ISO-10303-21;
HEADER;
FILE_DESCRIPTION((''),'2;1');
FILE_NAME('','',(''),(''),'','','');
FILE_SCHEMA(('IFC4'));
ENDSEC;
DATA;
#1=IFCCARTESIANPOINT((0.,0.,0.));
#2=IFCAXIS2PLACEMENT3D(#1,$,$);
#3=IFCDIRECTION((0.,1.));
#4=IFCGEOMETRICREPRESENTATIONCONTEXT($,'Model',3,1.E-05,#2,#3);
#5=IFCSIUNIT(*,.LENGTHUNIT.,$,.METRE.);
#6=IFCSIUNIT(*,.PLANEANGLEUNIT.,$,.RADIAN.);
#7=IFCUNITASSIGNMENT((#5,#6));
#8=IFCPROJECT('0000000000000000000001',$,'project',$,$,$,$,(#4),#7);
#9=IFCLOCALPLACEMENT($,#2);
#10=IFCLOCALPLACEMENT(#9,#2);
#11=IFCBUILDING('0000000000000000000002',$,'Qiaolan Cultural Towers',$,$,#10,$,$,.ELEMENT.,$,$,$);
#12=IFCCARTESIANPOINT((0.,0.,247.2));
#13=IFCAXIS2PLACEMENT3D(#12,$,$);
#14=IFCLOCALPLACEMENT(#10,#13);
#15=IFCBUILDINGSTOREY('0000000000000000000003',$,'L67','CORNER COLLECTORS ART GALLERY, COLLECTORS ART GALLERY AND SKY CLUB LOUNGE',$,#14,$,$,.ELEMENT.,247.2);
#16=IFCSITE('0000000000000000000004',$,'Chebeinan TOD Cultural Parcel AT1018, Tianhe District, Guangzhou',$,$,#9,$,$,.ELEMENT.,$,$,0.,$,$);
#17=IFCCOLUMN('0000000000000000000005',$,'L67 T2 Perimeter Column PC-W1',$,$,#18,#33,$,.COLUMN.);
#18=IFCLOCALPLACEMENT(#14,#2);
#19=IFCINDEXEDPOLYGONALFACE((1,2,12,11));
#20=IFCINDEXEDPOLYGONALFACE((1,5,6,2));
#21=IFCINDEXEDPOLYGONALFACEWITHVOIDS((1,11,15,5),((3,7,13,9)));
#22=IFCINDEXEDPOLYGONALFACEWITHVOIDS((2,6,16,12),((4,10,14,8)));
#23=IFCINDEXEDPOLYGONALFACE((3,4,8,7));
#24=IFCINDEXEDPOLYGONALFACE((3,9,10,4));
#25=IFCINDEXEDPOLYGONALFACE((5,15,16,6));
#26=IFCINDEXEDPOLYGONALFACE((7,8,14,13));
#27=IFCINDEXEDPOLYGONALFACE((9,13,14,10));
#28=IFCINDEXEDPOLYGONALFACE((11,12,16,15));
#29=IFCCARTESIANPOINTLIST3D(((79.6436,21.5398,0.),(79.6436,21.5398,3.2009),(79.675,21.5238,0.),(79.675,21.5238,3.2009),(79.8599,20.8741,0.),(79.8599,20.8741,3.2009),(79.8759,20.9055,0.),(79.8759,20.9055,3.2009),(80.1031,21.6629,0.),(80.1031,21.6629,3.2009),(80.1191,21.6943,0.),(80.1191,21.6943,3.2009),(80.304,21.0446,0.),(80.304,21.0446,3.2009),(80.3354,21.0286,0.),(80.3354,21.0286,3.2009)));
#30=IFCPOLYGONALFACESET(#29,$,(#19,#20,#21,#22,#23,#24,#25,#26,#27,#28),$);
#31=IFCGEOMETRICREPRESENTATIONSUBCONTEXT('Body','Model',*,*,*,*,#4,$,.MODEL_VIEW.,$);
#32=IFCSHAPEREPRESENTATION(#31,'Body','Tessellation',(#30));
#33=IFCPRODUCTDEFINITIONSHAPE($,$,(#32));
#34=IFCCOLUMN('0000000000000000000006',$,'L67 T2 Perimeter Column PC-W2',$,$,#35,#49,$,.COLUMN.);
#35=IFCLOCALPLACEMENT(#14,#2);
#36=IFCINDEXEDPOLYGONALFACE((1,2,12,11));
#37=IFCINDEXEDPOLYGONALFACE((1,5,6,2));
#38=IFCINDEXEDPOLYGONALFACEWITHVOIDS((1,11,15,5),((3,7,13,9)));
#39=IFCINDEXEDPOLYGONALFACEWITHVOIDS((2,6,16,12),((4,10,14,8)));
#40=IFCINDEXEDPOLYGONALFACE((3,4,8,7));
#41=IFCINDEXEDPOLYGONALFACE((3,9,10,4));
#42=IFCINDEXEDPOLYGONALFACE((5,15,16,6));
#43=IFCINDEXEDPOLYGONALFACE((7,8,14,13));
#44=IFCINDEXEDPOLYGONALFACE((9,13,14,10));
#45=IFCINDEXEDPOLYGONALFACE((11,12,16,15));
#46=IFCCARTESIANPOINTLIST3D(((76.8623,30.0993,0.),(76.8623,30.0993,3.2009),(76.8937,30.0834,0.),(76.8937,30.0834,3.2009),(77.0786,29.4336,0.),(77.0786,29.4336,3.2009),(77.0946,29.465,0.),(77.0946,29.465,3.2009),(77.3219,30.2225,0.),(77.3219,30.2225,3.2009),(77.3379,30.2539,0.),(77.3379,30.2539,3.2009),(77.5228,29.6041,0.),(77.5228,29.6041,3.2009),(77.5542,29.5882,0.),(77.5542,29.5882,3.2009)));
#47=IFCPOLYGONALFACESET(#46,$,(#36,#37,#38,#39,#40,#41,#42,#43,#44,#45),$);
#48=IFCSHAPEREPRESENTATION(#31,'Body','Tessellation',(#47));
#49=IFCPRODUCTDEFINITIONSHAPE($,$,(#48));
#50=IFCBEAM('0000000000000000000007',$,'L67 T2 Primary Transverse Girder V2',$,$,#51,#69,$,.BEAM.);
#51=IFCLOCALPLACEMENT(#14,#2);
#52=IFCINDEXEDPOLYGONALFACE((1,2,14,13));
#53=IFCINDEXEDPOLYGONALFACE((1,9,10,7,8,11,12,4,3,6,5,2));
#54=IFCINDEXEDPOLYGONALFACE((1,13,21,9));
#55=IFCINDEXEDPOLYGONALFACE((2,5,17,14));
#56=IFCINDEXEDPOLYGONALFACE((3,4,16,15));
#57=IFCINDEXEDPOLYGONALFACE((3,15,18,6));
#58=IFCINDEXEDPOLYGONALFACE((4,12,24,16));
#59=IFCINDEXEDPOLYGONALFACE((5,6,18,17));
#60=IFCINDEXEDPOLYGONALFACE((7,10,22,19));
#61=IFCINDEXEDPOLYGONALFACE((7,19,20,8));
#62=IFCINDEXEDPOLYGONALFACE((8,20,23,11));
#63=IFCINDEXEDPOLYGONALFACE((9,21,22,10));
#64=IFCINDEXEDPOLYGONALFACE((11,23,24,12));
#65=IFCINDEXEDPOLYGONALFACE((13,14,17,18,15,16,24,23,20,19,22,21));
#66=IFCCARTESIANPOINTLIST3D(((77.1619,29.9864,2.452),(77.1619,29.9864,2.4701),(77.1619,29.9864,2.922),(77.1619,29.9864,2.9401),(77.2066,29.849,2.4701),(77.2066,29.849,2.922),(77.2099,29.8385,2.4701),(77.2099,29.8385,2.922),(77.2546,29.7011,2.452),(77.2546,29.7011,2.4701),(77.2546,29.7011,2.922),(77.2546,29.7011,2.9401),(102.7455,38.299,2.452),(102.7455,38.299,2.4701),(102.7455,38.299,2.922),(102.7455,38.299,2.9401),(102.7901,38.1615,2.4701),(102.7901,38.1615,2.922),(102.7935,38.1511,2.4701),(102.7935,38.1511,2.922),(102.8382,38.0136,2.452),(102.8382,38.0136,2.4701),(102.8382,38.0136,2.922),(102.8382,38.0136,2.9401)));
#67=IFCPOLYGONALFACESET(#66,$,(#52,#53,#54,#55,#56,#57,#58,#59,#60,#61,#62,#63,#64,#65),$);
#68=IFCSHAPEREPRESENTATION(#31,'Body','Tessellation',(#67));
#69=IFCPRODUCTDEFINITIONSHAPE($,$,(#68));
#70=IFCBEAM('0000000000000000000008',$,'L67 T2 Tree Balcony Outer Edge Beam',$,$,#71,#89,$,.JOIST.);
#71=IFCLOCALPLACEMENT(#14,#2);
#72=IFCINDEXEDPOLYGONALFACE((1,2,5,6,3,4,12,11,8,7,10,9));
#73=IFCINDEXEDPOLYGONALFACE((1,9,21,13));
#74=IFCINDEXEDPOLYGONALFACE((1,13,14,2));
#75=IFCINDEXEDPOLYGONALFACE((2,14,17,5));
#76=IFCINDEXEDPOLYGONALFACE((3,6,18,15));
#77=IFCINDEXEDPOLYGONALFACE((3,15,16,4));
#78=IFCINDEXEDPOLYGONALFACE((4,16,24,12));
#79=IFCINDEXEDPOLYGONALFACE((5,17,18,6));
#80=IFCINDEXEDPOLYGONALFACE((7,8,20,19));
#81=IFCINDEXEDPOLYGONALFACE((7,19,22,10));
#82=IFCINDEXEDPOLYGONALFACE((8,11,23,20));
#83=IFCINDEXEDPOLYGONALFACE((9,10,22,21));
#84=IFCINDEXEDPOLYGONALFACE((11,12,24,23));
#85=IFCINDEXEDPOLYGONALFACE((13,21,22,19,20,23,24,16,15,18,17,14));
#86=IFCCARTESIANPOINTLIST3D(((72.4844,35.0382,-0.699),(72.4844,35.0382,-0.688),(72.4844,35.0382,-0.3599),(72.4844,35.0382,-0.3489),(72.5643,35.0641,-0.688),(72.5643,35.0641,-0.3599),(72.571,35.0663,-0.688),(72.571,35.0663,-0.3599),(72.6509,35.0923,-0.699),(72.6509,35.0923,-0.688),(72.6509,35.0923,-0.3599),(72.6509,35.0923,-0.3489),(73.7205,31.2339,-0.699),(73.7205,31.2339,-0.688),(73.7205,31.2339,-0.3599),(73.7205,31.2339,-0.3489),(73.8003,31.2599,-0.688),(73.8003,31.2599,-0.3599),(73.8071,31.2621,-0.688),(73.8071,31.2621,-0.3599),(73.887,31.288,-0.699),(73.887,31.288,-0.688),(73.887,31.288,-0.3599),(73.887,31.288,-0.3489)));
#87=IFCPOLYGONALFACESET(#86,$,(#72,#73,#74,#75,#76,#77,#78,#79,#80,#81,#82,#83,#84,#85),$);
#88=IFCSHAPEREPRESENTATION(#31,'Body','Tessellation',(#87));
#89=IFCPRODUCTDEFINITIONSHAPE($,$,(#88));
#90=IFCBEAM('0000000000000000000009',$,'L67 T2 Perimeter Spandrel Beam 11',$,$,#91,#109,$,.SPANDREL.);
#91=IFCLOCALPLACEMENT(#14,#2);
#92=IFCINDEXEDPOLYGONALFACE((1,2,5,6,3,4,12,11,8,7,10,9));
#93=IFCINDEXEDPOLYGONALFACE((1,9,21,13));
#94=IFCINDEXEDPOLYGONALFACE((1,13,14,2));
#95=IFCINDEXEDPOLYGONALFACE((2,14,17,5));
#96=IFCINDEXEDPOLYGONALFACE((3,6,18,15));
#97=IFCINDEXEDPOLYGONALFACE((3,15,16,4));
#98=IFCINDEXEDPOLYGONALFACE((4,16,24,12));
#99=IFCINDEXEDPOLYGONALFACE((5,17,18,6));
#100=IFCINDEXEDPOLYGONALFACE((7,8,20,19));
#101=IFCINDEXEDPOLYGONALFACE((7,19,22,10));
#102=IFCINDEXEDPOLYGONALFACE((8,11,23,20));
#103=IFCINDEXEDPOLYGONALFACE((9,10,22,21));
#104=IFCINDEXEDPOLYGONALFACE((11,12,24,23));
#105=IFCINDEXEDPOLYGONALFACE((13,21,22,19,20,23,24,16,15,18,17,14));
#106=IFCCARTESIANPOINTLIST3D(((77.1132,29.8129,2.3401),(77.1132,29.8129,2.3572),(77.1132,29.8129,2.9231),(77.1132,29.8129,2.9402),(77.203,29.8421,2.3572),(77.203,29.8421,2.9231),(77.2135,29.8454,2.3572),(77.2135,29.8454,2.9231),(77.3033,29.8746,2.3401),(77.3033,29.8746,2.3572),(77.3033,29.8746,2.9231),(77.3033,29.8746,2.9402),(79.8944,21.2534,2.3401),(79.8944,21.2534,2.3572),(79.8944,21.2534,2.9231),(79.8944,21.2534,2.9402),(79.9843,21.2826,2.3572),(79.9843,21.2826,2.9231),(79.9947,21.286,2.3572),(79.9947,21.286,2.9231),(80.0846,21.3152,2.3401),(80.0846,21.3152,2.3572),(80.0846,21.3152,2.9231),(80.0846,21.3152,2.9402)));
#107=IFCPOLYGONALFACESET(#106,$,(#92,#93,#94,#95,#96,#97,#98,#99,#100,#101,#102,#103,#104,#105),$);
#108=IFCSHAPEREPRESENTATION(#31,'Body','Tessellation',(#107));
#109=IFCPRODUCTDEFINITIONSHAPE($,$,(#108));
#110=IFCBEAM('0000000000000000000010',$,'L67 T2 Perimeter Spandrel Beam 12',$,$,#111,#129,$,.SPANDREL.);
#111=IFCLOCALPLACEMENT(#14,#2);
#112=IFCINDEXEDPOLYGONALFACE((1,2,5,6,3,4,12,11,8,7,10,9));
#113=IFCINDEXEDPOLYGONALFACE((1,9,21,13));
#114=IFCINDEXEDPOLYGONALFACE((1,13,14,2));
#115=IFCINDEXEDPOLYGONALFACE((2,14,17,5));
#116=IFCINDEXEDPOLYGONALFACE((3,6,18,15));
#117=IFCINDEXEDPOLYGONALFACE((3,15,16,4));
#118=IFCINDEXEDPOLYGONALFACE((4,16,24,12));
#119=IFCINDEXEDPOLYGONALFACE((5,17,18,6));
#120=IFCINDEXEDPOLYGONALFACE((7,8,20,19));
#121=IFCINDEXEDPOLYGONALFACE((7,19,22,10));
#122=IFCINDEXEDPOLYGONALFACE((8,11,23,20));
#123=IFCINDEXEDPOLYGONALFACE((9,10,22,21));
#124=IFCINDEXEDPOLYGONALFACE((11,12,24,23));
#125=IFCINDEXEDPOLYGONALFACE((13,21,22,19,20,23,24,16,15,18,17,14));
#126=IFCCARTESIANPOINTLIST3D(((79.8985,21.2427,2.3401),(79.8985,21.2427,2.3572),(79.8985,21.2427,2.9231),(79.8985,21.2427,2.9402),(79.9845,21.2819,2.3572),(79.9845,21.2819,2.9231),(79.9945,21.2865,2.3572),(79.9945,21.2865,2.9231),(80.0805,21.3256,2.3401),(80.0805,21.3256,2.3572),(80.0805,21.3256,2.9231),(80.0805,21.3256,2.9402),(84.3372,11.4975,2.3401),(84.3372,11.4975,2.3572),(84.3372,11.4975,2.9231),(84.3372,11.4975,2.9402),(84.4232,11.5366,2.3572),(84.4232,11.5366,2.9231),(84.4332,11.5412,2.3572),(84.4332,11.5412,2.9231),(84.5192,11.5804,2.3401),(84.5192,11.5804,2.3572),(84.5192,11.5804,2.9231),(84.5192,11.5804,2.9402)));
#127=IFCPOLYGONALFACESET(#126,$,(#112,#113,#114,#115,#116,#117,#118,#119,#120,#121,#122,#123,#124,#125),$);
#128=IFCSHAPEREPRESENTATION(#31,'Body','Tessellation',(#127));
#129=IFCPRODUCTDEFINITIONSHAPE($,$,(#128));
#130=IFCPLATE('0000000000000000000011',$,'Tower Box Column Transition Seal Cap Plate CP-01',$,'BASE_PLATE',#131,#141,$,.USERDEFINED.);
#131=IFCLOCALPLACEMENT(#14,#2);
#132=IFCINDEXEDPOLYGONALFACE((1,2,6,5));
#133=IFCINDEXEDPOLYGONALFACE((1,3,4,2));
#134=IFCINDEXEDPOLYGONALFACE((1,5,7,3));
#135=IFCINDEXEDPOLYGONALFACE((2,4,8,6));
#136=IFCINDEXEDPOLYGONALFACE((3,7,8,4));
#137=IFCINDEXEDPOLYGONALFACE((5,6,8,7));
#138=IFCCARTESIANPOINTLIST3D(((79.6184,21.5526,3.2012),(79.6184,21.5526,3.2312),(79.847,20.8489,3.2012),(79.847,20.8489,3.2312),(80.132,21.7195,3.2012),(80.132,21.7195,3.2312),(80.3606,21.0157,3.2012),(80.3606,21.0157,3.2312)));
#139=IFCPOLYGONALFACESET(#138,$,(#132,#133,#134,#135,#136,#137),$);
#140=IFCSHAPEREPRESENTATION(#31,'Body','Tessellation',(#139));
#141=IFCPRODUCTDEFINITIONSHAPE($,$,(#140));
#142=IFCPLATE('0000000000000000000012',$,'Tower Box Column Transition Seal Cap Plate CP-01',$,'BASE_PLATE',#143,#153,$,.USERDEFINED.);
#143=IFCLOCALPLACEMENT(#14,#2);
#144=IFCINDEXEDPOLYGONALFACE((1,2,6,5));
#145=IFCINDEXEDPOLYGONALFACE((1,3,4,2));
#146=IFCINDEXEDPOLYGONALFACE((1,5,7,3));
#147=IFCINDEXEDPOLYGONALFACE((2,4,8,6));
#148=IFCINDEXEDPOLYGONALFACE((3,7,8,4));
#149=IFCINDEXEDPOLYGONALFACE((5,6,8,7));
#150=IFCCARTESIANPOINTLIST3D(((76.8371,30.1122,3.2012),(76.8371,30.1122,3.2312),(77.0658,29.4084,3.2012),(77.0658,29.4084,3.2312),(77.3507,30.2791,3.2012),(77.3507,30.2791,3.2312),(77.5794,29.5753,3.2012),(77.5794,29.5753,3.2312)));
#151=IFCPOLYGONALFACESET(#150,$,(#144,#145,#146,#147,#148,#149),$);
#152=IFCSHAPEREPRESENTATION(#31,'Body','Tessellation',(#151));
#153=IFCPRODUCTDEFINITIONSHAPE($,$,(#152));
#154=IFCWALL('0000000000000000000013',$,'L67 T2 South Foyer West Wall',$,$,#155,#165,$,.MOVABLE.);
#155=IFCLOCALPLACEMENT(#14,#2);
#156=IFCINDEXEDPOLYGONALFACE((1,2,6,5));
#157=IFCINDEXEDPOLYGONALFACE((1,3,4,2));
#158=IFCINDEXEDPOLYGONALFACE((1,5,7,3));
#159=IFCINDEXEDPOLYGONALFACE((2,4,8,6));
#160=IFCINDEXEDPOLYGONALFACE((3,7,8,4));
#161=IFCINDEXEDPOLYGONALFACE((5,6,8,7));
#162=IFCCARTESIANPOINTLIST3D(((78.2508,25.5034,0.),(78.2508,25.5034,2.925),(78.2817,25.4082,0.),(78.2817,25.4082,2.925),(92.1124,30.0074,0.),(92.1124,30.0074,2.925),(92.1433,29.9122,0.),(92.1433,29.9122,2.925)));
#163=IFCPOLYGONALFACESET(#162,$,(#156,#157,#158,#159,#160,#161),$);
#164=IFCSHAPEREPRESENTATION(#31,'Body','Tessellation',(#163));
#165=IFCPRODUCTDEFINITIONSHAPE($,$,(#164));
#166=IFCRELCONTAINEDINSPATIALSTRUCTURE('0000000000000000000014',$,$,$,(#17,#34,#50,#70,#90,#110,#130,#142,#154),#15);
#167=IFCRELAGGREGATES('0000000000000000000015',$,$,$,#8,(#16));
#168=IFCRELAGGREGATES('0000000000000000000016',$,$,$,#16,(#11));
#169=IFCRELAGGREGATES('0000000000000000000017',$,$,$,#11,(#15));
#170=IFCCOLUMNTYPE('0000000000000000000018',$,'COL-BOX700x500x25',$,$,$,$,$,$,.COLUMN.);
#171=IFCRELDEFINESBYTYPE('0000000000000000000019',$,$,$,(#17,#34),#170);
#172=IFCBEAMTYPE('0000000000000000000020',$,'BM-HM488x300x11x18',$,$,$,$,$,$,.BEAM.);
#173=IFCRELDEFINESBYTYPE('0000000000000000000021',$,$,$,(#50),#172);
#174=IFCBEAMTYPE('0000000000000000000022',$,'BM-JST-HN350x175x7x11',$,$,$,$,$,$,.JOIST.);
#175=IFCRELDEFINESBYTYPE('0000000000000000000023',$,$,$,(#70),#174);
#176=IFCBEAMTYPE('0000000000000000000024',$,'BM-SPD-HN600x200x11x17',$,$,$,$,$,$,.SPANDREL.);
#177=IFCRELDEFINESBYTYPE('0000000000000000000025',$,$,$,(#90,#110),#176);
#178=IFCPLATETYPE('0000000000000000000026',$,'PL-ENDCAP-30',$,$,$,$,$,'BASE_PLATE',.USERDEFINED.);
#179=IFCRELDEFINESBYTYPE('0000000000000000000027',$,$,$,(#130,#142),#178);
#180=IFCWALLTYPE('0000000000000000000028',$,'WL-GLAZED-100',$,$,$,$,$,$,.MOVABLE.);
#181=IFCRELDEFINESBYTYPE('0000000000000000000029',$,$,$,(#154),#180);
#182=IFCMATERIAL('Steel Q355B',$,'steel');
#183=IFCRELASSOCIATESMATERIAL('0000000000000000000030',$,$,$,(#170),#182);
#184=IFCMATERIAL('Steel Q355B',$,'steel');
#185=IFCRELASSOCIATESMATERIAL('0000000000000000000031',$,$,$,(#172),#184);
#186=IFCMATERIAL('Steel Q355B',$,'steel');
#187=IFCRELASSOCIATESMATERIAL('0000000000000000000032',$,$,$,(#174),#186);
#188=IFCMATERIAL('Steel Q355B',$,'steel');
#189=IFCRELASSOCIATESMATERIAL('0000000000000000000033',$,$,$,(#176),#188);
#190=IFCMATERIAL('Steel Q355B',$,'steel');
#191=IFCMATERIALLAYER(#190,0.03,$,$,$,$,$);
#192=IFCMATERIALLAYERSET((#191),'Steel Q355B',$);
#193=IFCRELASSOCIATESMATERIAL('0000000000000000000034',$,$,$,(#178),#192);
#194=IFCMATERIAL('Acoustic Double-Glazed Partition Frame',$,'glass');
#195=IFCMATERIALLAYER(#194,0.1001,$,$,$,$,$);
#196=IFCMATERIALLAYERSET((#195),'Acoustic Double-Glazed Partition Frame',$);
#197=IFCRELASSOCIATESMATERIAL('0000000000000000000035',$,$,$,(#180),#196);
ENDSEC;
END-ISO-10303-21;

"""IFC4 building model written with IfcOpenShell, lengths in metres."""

from ifc_helpers import new_model, si_unit, direction, frame, frame_2d, origin, origin_2d, place, context, subcontext, project, spatial, rectangle, hollow_rectangle, i_section, extrude, material, layer, layer_set, material_profile, profile_set, type_object, element, save


model = new_model("IFC4")

# Units and contexts
model_context = context("Model", 3, precision=1e-05, world=origin(), true_north=direction((0.0, 1.0)))
body_context = subcontext(model_context, "Body", "Model", "MODEL_VIEW")
ifc_project = project(units=[si_unit("LENGTHUNIT", "METRE"), si_unit("PLANEANGLEUNIT", "RADIAN")], contexts=[model_context])

# Site, building, storey
site_placement = place(None, origin())
site = spatial("IfcSite", under=ifc_project, at=site_placement, Name="Chebeinan TOD Cultural Parcel AT1018, Tianhe District, Guangzhou", CompositionType="ELEMENT", RefElevation=0.0)
building_placement = place(site_placement, origin())
building = spatial("IfcBuilding", under=site, at=building_placement, Name="Qiaolan Cultural Towers", CompositionType="ELEMENT")
storey_placement = place(building_placement, frame((0.0, 0.0, 247.2)))
storey = spatial("IfcBuildingStorey", under=building, at=storey_placement, Name="L67", Description="CORNER COLLECTORS ART GALLERY, COLLECTORS ART GALLERY AND SKY CLUB LOUNGE", CompositionType="ELEMENT", Elevation=247.2)

# Columns
ifc_material_1 = material(Name="Steel Q355B", Category="steel")
ifc_material_profile_1 = material_profile(ifc_material_1, hollow_rectangle(XDim=0.5, YDim=0.7, WallThickness=0.0249, at=origin_2d()), Name="BOX700x500x25")
ifc_profile_set_1 = profile_set([ifc_material_profile_1], Name="Steel Q355B")
column_type = type_object("IfcColumnType", Name="COL-BOX700x500x25", PredefinedType="COLUMN", material=ifc_profile_set_1)
for number, where, z_axis, x_axis, name in (
    (1, (79.9895, 21.2842, 0.0), (0.0, 0.0, 1.0), (0.951057, 0.309017, 0.0), "L67 T2 Perimeter Column PC-W1"),
    (2, (77.2083, 29.8438, 0.0), (0.0, 0.0, 1.0), (0.951057, 0.309017, 0.0), "L67 T2 Perimeter Column PC-W2"),
):
    element("IfcColumn", number, at=place(storey_placement, frame(where, z_axis=z_axis, x_axis=x_axis)), inside=storey, type_object=column_type, Name=name, PredefinedType="COLUMN", context=body_context, shape_type="SweptSolid", body=[
        extrude(hollow_rectangle(XDim=0.5, YDim=0.7, WallThickness=0.0249, at=origin_2d()), origin(), (0.0, 0.0, 1.0), 3.2009),
    ])

# Beams
ifc_material_2 = material(Name="Steel Q355B", Category="steel")
ifc_material_profile_2 = material_profile(ifc_material_2, i_section(OverallWidth=0.3, OverallDepth=0.488, WebThickness=0.011, FlangeThickness=0.0181, at=origin_2d()), Name="HM488x300x11x18")
ifc_profile_set_2 = profile_set([ifc_material_profile_2], Name="Steel Q355B")
beam_type_1 = type_object("IfcBeamType", Name="BM-HM488x300x11x18", PredefinedType="BEAM", material=ifc_profile_set_2)
beam_1_placement = place(storey_placement, frame((77.2083, 29.8438, 2.696), z_axis=(0.951057, 0.309014, 0.0), x_axis=(-0.309014, 0.951057, 0.0)))
element("IfcBeam", 3, at=beam_1_placement, inside=storey, type_object=beam_type_1, Name="L67 T2 Primary Transverse Girder V2", PredefinedType="BEAM", context=body_context, shape_type="SweptSolid", body=[
    extrude(i_section(OverallWidth=0.3, OverallDepth=0.488, WebThickness=0.011, FlangeThickness=0.0181, at=origin_2d()), origin(), (0.0, 0.0, 1.0), 26.9001),
])
ifc_material_3 = material(Name="Steel Q355B", Category="steel")
ifc_material_profile_3 = material_profile(ifc_material_3, i_section(OverallWidth=0.175, OverallDepth=0.3501, WebThickness=0.0071, FlangeThickness=0.011, at=origin_2d()), Name="HN350x175x7x11")
ifc_profile_set_3 = profile_set([ifc_material_profile_3], Name="Steel Q355B")
beam_type_2 = type_object("IfcBeamType", Name="BM-JST-HN350x175x7x11", PredefinedType="JOIST", material=ifc_profile_set_3)
beam_2_placement = place(storey_placement, frame((73.8037, 31.261, -0.5239), z_axis=(-0.309023, 0.951055, 0.0), x_axis=(-0.951055, -0.309023, 0.0)))
element("IfcBeam", 4, at=beam_2_placement, inside=storey, type_object=beam_type_2, Name="L67 T2 Tree Balcony Outer Edge Beam", PredefinedType="JOIST", context=body_context, shape_type="SweptSolid", body=[
    extrude(i_section(OverallWidth=0.175, OverallDepth=0.3501, WebThickness=0.0071, FlangeThickness=0.011, at=origin_2d()), origin(), (0.0, 0.0, 1.0), 4.0),
])
ifc_material_4 = material(Name="Steel Q355B", Category="steel")
ifc_material_profile_4 = material_profile(ifc_material_4, i_section(OverallWidth=0.2, OverallDepth=0.6001, WebThickness=0.011, FlangeThickness=0.0171, at=origin_2d()), Name="HN600x200x11x17")
ifc_profile_set_4 = profile_set([ifc_material_profile_4], Name="Steel Q355B")
beam_type_3 = type_object("IfcBeamType", Name="BM-SPD-HN600x200x11x17", PredefinedType="SPANDREL", material=ifc_profile_set_4)
beam_3_placement = place(storey_placement, frame((77.2083, 29.8438, 2.6401), z_axis=(0.309025, -0.951054, 0.0), x_axis=(0.951054, 0.309025, 0.0)))
element("IfcBeam", 5, at=beam_3_placement, inside=storey, type_object=beam_type_3, Name="L67 T2 Perimeter Spandrel Beam 11", PredefinedType="SPANDREL", context=body_context, shape_type="SweptSolid", body=[
    extrude(i_section(OverallWidth=0.2, OverallDepth=0.6001, WebThickness=0.011, FlangeThickness=0.0171, at=origin_2d()), origin(), (0.0, 0.0, 1.0), 9.0),
])
beam_4_placement = place(storey_placement, frame((79.9895, 21.2842, 2.6401), z_axis=(0.4145, -0.910049, 0.0), x_axis=(0.910049, 0.4145, 0.0)))
element("IfcBeam", 6, at=beam_4_placement, inside=storey, type_object=beam_type_3, Name="L67 T2 Perimeter Spandrel Beam 12", PredefinedType="SPANDREL", context=body_context, shape_type="SweptSolid", body=[
    extrude(i_section(OverallWidth=0.2, OverallDepth=0.6001, WebThickness=0.011, FlangeThickness=0.0171, at=origin_2d()), origin(), (0.0, 0.0, 1.0), 10.7085),
])

# Plates
ifc_material_5 = material(Name="Steel Q355B", Category="steel")
ifc_layer_1 = layer(ifc_material_5, 0.03)
ifc_layer_set_1 = layer_set([ifc_layer_1], Name="Steel Q355B")
plate_type = type_object("IfcPlateType", Name="PL-ENDCAP-30", ElementType="BASE_PLATE", PredefinedType="USERDEFINED", material=ifc_layer_set_1)
for number, where, z_axis, x_axis, name in (
    (7, (79.9895, 21.2842, 3.2012), (0.0, 0.0, 1.0), (0.951057, 0.309017, 0.0), "Tower Box Column Transition Seal Cap Plate CP-01"),
    (8, (77.2083, 29.8438, 3.2012), (0.0, 0.0, 1.0), (0.951057, 0.309017, 0.0), "Tower Box Column Transition Seal Cap Plate CP-01"),
):
    element("IfcPlate", number, at=place(storey_placement, frame(where, z_axis=z_axis, x_axis=x_axis)), inside=storey, type_object=plate_type, Name=name, ObjectType="BASE_PLATE", PredefinedType="USERDEFINED", context=body_context, shape_type="SweptSolid", body=[
        extrude(rectangle(XDim=0.54, YDim=0.74, at=origin_2d()), origin(), (0.0, 0.0, 1.0), 0.03),
    ])

# Wall
ifc_material_6 = material(Name="Acoustic Double-Glazed Partition Frame", Category="glass")
ifc_layer_2 = layer(ifc_material_6, 0.1001)
ifc_layer_set_2 = layer_set([ifc_layer_2], Name="Acoustic Double-Glazed Partition Frame")
wall_type_1 = type_object("IfcWallType", Name="WL-GLAZED-100", PredefinedType="MOVABLE", material=ifc_layer_set_2)
wall_1_placement = place(storey_placement, frame((78.2661, 25.4558, 0.0), z_axis=(0.0, 0.0, 1.0), x_axis=(0.951056, 0.309018, 0.0)))
element("IfcWall", 9, at=wall_1_placement, inside=storey, type_object=wall_type_1, Name="L67 T2 South Foyer West Wall", PredefinedType="MOVABLE", context=body_context, shape_type="SweptSolid", body=[
    extrude(rectangle(XDim=14.575, YDim=0.1001, at=frame_2d((7.2876, 0.0))), origin(), (0.0, 0.0, 1.0), 2.925),
])

save(model, "model.ifc")
